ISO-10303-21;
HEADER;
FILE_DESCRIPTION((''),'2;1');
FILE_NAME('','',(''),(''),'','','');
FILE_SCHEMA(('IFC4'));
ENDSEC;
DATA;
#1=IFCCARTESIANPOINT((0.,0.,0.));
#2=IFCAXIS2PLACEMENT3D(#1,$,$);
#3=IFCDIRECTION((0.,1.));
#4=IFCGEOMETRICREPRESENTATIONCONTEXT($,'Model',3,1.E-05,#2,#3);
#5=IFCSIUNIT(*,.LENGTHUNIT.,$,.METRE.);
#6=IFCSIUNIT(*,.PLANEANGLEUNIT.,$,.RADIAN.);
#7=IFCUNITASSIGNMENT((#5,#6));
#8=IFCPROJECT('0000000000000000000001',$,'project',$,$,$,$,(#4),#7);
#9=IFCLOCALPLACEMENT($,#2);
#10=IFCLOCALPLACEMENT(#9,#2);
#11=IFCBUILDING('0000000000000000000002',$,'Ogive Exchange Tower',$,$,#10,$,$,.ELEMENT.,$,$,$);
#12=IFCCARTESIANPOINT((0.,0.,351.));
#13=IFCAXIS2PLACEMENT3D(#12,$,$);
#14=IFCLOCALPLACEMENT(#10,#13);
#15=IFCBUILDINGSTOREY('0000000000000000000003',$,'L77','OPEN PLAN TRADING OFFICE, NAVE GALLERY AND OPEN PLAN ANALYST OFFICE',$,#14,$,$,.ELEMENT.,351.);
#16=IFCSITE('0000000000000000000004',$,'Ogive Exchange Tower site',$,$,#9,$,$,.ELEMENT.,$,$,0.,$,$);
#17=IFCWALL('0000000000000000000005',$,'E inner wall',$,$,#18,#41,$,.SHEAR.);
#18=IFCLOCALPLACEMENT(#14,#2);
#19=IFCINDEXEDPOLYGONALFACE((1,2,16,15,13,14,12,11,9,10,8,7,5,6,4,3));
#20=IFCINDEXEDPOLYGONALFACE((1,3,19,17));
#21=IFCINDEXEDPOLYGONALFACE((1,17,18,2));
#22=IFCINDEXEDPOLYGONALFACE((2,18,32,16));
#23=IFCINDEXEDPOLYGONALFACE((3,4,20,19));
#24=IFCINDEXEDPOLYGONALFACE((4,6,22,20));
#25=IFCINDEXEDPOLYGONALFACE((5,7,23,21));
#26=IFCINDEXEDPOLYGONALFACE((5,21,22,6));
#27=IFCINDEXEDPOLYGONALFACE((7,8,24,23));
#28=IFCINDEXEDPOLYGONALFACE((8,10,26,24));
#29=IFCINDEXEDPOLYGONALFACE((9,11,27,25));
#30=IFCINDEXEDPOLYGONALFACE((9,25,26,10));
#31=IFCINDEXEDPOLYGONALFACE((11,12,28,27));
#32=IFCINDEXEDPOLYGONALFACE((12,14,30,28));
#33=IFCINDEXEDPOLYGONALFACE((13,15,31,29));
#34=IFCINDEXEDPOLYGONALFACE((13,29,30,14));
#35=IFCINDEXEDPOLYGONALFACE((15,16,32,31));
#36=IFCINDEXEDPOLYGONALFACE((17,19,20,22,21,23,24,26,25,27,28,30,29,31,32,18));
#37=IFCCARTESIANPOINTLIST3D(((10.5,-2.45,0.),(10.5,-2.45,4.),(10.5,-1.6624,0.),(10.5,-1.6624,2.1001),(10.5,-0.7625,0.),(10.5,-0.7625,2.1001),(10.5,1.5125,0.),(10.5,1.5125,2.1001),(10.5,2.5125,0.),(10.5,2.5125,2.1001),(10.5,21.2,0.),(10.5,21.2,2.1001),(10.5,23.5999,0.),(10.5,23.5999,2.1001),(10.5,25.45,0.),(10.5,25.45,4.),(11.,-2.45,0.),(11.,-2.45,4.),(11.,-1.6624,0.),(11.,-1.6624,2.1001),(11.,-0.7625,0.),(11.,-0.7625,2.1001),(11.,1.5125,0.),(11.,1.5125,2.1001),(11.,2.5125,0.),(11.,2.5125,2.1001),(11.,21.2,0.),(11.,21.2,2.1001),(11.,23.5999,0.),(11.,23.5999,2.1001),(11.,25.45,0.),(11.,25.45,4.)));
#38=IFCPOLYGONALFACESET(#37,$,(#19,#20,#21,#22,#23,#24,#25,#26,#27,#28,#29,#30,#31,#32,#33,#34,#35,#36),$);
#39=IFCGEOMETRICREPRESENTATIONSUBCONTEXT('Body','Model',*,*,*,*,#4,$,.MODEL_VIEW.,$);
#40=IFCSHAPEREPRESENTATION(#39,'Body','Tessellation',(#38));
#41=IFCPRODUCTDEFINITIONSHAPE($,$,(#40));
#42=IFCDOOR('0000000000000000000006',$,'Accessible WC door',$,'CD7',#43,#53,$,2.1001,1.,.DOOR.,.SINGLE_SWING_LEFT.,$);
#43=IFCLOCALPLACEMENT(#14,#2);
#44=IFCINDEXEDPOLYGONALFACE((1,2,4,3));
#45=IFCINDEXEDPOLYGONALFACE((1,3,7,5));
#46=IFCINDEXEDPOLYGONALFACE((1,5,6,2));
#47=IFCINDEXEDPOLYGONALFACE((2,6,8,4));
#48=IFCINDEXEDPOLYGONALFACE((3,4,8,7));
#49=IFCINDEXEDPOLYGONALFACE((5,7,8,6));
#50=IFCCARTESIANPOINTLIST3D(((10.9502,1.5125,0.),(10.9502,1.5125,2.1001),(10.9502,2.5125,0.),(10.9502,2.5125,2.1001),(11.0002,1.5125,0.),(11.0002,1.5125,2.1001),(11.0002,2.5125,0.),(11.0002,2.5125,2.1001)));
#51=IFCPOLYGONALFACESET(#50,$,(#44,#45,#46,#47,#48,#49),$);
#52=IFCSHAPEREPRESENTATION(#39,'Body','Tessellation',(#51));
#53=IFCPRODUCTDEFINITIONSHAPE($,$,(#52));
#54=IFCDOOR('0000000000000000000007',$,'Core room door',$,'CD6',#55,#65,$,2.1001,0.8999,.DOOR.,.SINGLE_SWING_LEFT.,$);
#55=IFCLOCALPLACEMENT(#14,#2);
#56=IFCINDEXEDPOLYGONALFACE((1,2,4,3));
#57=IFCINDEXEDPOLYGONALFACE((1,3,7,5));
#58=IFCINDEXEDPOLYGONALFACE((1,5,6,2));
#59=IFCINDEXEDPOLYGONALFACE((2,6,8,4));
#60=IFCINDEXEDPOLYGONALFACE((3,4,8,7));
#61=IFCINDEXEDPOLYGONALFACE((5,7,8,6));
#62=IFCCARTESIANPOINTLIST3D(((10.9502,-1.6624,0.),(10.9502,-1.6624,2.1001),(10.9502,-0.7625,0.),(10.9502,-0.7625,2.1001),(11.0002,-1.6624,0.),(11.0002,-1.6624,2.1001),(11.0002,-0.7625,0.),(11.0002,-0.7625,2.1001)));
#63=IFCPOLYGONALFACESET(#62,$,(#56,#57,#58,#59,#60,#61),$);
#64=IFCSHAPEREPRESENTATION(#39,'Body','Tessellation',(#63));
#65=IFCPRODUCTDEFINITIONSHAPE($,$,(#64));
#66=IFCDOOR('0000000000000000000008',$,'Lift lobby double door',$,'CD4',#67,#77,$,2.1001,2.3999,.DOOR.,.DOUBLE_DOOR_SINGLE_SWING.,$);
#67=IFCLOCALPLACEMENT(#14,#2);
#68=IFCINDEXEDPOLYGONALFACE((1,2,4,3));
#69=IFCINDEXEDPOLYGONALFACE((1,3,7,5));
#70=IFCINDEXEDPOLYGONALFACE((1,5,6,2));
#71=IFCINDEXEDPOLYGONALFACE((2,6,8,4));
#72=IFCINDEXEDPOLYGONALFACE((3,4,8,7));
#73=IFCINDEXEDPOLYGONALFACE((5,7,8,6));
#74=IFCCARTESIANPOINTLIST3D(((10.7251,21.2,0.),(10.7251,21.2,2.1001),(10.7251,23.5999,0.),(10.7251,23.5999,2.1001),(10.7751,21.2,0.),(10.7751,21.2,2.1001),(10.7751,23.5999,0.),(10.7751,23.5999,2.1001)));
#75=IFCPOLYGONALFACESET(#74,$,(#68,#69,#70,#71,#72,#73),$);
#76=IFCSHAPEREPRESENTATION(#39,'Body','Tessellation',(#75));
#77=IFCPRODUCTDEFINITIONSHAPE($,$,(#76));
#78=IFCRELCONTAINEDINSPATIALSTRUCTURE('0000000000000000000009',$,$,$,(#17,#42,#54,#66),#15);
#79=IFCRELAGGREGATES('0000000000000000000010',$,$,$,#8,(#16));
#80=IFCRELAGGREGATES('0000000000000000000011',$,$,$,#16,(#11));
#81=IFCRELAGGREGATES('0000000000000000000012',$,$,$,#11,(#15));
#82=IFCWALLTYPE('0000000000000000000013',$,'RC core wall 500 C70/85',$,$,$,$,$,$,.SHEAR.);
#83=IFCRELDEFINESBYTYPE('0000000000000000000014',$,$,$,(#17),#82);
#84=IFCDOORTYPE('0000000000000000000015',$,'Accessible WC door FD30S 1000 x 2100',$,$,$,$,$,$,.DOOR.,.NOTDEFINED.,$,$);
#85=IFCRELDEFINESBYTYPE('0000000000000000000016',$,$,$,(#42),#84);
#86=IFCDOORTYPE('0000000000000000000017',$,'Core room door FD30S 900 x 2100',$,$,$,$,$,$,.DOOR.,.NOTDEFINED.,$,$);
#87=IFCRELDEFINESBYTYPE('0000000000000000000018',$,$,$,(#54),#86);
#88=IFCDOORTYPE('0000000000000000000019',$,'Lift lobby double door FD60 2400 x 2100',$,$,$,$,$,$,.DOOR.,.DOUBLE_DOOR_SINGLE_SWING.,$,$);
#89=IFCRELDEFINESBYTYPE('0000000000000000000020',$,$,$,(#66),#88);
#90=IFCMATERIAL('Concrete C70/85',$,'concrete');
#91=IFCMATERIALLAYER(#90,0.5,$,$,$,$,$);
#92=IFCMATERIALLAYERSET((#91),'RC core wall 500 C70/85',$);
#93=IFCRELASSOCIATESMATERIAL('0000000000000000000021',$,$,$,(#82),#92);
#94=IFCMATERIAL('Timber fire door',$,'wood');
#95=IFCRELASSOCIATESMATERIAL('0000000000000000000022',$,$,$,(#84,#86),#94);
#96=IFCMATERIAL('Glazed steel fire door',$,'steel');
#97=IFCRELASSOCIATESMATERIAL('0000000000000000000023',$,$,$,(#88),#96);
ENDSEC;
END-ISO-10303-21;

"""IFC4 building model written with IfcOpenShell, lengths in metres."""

from ifc_helpers import new_model, si_unit, direction, frame, frame_2d, origin, place, context, subcontext, project, spatial, rectangle, extrude, material, layer, layer_set, type_object, element, fill, save


model = new_model("IFC4")

# Units and contexts
model_context = context("Model", 3, precision=1e-05, world=origin(), true_north=direction((0.0, 1.0)))
body_context = subcontext(model_context, "Body", "Model", "MODEL_VIEW")
ifc_project = project(units=[si_unit("LENGTHUNIT", "METRE"), si_unit("PLANEANGLEUNIT", "RADIAN")], contexts=[model_context])

# Site, building, storey
site_placement = place(None, origin())
site = spatial("IfcSite", under=ifc_project, at=site_placement, Name="Ogive Exchange Tower site", CompositionType="ELEMENT", RefElevation=0.0)
building_placement = place(site_placement, origin())
building = spatial("IfcBuilding", under=site, at=building_placement, Name="Ogive Exchange Tower", CompositionType="ELEMENT")
storey_placement = place(building_placement, frame((0.0, 0.0, 351.0)))
storey = spatial("IfcBuildingStorey", under=building, at=storey_placement, Name="L77", Description="OPEN PLAN TRADING OFFICE, NAVE GALLERY AND OPEN PLAN ANALYST OFFICE", CompositionType="ELEMENT", Elevation=351.0)

# Shared definitions
ifc_material_1 = material(Name="Concrete C70/85", Category="concrete")

# Wall, openings, doors
ifc_layer_1 = layer(ifc_material_1, 0.5)
ifc_layer_set_1 = layer_set([ifc_layer_1], Name="RC core wall 500 C70/85")
wall_type_1 = type_object("IfcWallType", Name="RC core wall 500 C70/85", PredefinedType="SHEAR", material=ifc_layer_set_1)
wall_1_placement = place(storey_placement, frame((10.75, -2.45, 0.0), z_axis=(0.0, 0.0, 1.0), x_axis=(0.0, 1.0, 0.0)))
wall_1 = element("IfcWall", 1, at=wall_1_placement, inside=storey, type_object=wall_type_1, Name="E inner wall", PredefinedType="SHEAR", context=body_context, shape_type="SweptSolid", body=[
    extrude(rectangle(XDim=27.8999, YDim=0.5, at=frame_2d((13.95, 0.0))), origin(), (0.0, 0.0, 1.0), 4.0),
])
opening_1_placement = place(wall_1_placement, frame((23.6499, 0.0, 0.0)))
opening_1 = element("IfcOpeningElement", 2, at=opening_1_placement, cuts=wall_1, PredefinedType="OPENING", context=body_context, shape_type="SweptSolid", body=[
    extrude(rectangle(XDim=2.3999, YDim=2.1001, at=frame_2d((1.2, 1.05))), frame((0.0, 0.26, 0.0), z_axis=(0.0, -1.0, 0.0), x_axis=(1.0, 0.0, 0.0)), (0.0, 0.0, 1.0), 0.52),
])
opening_2_placement = place(wall_1_placement, frame((0.7876, 0.0, 0.0)))
opening_2 = element("IfcOpeningElement", 3, at=opening_2_placement, cuts=wall_1, PredefinedType="OPENING", context=body_context, shape_type="SweptSolid", body=[
    extrude(rectangle(XDim=0.8999, YDim=2.1001, at=frame_2d((0.45, 1.05))), frame((0.0, 0.26, 0.0), z_axis=(0.0, -1.0, 0.0), x_axis=(1.0, 0.0, 0.0)), (0.0, 0.0, 1.0), 0.52),
])
opening_3_placement = place(wall_1_placement, frame((3.9624, 0.0, 0.0)))
opening_3 = element("IfcOpeningElement", 4, at=opening_3_placement, cuts=wall_1, PredefinedType="OPENING", context=body_context, shape_type="SweptSolid", body=[
    extrude(rectangle(XDim=1.0, YDim=2.1001, at=frame_2d((0.5, 1.05))), frame((0.0, 0.26, 0.0), z_axis=(0.0, -1.0, 0.0), x_axis=(1.0, 0.0, 0.0)), (0.0, 0.0, 1.0), 0.52),
])
ifc_material_2 = material(Name="Timber fire door", Category="wood")
door_type_1 = type_object("IfcDoorType", Name="Accessible WC door FD30S 1000 x 2100", OperationType="NOTDEFINED", PredefinedType="DOOR", material=ifc_material_2)
door_1_placement = place(opening_3_placement, origin())
door_1 = element("IfcDoor", 5, at=door_1_placement, inside=storey, type_object=door_type_1, Name="Accessible WC door", ObjectType="CD7", OperationType="SINGLE_SWING_LEFT", OverallHeight=2.1001, OverallWidth=1.0, PredefinedType="DOOR", context=body_context, shape_type="SweptSolid", body=[
    extrude(rectangle(XDim=1.0, YDim=2.1001, at=frame_2d((0.5, 1.05))), frame((0.0, -0.2002, 0.0), z_axis=(0.0, -1.0, 0.0), x_axis=(1.0, 0.0, 0.0)), (0.0, 0.0, 1.0), 0.05),
])
fill(opening_3, door_1)
door_type_2 = type_object("IfcDoorType", Name="Core room door FD30S 900 x 2100", OperationType="NOTDEFINED", PredefinedType="DOOR", material=ifc_material_2)
door_2_placement = place(opening_2_placement, origin())
door_2 = element("IfcDoor", 6, at=door_2_placement, inside=storey, type_object=door_type_2, Name="Core room door", ObjectType="CD6", OperationType="SINGLE_SWING_LEFT", OverallHeight=2.1001, OverallWidth=0.8999, PredefinedType="DOOR", context=body_context, shape_type="SweptSolid", body=[
    extrude(rectangle(XDim=0.8999, YDim=2.1001, at=frame_2d((0.45, 1.05))), frame((0.0, -0.2002, 0.0), z_axis=(0.0, -1.0, 0.0), x_axis=(1.0, 0.0, 0.0)), (0.0, 0.0, 1.0), 0.05),
])
fill(opening_2, door_2)
ifc_material_3 = material(Name="Glazed steel fire door", Category="steel")
door_type_3 = type_object("IfcDoorType", Name="Lift lobby double door FD60 2400 x 2100", OperationType="DOUBLE_DOOR_SINGLE_SWING", PredefinedType="DOOR", material=ifc_material_3)
door_3_placement = place(opening_1_placement, origin())
door_3 = element("IfcDoor", 7, at=door_3_placement, inside=storey, type_object=door_type_3, Name="Lift lobby double door", ObjectType="CD4", OperationType="DOUBLE_DOOR_SINGLE_SWING", OverallHeight=2.1001, OverallWidth=2.3999, PredefinedType="DOOR", context=body_context, shape_type="SweptSolid", body=[
    extrude(rectangle(XDim=2.3999, YDim=2.1001, at=frame_2d((1.2, 1.05))), frame((0.0, 0.0249, 0.0), z_axis=(0.0, -1.0, 0.0), x_axis=(1.0, 0.0, 0.0)), (0.0, 0.0, 1.0), 0.05),
])
fill(opening_1, door_3)

save(model, "model.ifc")
